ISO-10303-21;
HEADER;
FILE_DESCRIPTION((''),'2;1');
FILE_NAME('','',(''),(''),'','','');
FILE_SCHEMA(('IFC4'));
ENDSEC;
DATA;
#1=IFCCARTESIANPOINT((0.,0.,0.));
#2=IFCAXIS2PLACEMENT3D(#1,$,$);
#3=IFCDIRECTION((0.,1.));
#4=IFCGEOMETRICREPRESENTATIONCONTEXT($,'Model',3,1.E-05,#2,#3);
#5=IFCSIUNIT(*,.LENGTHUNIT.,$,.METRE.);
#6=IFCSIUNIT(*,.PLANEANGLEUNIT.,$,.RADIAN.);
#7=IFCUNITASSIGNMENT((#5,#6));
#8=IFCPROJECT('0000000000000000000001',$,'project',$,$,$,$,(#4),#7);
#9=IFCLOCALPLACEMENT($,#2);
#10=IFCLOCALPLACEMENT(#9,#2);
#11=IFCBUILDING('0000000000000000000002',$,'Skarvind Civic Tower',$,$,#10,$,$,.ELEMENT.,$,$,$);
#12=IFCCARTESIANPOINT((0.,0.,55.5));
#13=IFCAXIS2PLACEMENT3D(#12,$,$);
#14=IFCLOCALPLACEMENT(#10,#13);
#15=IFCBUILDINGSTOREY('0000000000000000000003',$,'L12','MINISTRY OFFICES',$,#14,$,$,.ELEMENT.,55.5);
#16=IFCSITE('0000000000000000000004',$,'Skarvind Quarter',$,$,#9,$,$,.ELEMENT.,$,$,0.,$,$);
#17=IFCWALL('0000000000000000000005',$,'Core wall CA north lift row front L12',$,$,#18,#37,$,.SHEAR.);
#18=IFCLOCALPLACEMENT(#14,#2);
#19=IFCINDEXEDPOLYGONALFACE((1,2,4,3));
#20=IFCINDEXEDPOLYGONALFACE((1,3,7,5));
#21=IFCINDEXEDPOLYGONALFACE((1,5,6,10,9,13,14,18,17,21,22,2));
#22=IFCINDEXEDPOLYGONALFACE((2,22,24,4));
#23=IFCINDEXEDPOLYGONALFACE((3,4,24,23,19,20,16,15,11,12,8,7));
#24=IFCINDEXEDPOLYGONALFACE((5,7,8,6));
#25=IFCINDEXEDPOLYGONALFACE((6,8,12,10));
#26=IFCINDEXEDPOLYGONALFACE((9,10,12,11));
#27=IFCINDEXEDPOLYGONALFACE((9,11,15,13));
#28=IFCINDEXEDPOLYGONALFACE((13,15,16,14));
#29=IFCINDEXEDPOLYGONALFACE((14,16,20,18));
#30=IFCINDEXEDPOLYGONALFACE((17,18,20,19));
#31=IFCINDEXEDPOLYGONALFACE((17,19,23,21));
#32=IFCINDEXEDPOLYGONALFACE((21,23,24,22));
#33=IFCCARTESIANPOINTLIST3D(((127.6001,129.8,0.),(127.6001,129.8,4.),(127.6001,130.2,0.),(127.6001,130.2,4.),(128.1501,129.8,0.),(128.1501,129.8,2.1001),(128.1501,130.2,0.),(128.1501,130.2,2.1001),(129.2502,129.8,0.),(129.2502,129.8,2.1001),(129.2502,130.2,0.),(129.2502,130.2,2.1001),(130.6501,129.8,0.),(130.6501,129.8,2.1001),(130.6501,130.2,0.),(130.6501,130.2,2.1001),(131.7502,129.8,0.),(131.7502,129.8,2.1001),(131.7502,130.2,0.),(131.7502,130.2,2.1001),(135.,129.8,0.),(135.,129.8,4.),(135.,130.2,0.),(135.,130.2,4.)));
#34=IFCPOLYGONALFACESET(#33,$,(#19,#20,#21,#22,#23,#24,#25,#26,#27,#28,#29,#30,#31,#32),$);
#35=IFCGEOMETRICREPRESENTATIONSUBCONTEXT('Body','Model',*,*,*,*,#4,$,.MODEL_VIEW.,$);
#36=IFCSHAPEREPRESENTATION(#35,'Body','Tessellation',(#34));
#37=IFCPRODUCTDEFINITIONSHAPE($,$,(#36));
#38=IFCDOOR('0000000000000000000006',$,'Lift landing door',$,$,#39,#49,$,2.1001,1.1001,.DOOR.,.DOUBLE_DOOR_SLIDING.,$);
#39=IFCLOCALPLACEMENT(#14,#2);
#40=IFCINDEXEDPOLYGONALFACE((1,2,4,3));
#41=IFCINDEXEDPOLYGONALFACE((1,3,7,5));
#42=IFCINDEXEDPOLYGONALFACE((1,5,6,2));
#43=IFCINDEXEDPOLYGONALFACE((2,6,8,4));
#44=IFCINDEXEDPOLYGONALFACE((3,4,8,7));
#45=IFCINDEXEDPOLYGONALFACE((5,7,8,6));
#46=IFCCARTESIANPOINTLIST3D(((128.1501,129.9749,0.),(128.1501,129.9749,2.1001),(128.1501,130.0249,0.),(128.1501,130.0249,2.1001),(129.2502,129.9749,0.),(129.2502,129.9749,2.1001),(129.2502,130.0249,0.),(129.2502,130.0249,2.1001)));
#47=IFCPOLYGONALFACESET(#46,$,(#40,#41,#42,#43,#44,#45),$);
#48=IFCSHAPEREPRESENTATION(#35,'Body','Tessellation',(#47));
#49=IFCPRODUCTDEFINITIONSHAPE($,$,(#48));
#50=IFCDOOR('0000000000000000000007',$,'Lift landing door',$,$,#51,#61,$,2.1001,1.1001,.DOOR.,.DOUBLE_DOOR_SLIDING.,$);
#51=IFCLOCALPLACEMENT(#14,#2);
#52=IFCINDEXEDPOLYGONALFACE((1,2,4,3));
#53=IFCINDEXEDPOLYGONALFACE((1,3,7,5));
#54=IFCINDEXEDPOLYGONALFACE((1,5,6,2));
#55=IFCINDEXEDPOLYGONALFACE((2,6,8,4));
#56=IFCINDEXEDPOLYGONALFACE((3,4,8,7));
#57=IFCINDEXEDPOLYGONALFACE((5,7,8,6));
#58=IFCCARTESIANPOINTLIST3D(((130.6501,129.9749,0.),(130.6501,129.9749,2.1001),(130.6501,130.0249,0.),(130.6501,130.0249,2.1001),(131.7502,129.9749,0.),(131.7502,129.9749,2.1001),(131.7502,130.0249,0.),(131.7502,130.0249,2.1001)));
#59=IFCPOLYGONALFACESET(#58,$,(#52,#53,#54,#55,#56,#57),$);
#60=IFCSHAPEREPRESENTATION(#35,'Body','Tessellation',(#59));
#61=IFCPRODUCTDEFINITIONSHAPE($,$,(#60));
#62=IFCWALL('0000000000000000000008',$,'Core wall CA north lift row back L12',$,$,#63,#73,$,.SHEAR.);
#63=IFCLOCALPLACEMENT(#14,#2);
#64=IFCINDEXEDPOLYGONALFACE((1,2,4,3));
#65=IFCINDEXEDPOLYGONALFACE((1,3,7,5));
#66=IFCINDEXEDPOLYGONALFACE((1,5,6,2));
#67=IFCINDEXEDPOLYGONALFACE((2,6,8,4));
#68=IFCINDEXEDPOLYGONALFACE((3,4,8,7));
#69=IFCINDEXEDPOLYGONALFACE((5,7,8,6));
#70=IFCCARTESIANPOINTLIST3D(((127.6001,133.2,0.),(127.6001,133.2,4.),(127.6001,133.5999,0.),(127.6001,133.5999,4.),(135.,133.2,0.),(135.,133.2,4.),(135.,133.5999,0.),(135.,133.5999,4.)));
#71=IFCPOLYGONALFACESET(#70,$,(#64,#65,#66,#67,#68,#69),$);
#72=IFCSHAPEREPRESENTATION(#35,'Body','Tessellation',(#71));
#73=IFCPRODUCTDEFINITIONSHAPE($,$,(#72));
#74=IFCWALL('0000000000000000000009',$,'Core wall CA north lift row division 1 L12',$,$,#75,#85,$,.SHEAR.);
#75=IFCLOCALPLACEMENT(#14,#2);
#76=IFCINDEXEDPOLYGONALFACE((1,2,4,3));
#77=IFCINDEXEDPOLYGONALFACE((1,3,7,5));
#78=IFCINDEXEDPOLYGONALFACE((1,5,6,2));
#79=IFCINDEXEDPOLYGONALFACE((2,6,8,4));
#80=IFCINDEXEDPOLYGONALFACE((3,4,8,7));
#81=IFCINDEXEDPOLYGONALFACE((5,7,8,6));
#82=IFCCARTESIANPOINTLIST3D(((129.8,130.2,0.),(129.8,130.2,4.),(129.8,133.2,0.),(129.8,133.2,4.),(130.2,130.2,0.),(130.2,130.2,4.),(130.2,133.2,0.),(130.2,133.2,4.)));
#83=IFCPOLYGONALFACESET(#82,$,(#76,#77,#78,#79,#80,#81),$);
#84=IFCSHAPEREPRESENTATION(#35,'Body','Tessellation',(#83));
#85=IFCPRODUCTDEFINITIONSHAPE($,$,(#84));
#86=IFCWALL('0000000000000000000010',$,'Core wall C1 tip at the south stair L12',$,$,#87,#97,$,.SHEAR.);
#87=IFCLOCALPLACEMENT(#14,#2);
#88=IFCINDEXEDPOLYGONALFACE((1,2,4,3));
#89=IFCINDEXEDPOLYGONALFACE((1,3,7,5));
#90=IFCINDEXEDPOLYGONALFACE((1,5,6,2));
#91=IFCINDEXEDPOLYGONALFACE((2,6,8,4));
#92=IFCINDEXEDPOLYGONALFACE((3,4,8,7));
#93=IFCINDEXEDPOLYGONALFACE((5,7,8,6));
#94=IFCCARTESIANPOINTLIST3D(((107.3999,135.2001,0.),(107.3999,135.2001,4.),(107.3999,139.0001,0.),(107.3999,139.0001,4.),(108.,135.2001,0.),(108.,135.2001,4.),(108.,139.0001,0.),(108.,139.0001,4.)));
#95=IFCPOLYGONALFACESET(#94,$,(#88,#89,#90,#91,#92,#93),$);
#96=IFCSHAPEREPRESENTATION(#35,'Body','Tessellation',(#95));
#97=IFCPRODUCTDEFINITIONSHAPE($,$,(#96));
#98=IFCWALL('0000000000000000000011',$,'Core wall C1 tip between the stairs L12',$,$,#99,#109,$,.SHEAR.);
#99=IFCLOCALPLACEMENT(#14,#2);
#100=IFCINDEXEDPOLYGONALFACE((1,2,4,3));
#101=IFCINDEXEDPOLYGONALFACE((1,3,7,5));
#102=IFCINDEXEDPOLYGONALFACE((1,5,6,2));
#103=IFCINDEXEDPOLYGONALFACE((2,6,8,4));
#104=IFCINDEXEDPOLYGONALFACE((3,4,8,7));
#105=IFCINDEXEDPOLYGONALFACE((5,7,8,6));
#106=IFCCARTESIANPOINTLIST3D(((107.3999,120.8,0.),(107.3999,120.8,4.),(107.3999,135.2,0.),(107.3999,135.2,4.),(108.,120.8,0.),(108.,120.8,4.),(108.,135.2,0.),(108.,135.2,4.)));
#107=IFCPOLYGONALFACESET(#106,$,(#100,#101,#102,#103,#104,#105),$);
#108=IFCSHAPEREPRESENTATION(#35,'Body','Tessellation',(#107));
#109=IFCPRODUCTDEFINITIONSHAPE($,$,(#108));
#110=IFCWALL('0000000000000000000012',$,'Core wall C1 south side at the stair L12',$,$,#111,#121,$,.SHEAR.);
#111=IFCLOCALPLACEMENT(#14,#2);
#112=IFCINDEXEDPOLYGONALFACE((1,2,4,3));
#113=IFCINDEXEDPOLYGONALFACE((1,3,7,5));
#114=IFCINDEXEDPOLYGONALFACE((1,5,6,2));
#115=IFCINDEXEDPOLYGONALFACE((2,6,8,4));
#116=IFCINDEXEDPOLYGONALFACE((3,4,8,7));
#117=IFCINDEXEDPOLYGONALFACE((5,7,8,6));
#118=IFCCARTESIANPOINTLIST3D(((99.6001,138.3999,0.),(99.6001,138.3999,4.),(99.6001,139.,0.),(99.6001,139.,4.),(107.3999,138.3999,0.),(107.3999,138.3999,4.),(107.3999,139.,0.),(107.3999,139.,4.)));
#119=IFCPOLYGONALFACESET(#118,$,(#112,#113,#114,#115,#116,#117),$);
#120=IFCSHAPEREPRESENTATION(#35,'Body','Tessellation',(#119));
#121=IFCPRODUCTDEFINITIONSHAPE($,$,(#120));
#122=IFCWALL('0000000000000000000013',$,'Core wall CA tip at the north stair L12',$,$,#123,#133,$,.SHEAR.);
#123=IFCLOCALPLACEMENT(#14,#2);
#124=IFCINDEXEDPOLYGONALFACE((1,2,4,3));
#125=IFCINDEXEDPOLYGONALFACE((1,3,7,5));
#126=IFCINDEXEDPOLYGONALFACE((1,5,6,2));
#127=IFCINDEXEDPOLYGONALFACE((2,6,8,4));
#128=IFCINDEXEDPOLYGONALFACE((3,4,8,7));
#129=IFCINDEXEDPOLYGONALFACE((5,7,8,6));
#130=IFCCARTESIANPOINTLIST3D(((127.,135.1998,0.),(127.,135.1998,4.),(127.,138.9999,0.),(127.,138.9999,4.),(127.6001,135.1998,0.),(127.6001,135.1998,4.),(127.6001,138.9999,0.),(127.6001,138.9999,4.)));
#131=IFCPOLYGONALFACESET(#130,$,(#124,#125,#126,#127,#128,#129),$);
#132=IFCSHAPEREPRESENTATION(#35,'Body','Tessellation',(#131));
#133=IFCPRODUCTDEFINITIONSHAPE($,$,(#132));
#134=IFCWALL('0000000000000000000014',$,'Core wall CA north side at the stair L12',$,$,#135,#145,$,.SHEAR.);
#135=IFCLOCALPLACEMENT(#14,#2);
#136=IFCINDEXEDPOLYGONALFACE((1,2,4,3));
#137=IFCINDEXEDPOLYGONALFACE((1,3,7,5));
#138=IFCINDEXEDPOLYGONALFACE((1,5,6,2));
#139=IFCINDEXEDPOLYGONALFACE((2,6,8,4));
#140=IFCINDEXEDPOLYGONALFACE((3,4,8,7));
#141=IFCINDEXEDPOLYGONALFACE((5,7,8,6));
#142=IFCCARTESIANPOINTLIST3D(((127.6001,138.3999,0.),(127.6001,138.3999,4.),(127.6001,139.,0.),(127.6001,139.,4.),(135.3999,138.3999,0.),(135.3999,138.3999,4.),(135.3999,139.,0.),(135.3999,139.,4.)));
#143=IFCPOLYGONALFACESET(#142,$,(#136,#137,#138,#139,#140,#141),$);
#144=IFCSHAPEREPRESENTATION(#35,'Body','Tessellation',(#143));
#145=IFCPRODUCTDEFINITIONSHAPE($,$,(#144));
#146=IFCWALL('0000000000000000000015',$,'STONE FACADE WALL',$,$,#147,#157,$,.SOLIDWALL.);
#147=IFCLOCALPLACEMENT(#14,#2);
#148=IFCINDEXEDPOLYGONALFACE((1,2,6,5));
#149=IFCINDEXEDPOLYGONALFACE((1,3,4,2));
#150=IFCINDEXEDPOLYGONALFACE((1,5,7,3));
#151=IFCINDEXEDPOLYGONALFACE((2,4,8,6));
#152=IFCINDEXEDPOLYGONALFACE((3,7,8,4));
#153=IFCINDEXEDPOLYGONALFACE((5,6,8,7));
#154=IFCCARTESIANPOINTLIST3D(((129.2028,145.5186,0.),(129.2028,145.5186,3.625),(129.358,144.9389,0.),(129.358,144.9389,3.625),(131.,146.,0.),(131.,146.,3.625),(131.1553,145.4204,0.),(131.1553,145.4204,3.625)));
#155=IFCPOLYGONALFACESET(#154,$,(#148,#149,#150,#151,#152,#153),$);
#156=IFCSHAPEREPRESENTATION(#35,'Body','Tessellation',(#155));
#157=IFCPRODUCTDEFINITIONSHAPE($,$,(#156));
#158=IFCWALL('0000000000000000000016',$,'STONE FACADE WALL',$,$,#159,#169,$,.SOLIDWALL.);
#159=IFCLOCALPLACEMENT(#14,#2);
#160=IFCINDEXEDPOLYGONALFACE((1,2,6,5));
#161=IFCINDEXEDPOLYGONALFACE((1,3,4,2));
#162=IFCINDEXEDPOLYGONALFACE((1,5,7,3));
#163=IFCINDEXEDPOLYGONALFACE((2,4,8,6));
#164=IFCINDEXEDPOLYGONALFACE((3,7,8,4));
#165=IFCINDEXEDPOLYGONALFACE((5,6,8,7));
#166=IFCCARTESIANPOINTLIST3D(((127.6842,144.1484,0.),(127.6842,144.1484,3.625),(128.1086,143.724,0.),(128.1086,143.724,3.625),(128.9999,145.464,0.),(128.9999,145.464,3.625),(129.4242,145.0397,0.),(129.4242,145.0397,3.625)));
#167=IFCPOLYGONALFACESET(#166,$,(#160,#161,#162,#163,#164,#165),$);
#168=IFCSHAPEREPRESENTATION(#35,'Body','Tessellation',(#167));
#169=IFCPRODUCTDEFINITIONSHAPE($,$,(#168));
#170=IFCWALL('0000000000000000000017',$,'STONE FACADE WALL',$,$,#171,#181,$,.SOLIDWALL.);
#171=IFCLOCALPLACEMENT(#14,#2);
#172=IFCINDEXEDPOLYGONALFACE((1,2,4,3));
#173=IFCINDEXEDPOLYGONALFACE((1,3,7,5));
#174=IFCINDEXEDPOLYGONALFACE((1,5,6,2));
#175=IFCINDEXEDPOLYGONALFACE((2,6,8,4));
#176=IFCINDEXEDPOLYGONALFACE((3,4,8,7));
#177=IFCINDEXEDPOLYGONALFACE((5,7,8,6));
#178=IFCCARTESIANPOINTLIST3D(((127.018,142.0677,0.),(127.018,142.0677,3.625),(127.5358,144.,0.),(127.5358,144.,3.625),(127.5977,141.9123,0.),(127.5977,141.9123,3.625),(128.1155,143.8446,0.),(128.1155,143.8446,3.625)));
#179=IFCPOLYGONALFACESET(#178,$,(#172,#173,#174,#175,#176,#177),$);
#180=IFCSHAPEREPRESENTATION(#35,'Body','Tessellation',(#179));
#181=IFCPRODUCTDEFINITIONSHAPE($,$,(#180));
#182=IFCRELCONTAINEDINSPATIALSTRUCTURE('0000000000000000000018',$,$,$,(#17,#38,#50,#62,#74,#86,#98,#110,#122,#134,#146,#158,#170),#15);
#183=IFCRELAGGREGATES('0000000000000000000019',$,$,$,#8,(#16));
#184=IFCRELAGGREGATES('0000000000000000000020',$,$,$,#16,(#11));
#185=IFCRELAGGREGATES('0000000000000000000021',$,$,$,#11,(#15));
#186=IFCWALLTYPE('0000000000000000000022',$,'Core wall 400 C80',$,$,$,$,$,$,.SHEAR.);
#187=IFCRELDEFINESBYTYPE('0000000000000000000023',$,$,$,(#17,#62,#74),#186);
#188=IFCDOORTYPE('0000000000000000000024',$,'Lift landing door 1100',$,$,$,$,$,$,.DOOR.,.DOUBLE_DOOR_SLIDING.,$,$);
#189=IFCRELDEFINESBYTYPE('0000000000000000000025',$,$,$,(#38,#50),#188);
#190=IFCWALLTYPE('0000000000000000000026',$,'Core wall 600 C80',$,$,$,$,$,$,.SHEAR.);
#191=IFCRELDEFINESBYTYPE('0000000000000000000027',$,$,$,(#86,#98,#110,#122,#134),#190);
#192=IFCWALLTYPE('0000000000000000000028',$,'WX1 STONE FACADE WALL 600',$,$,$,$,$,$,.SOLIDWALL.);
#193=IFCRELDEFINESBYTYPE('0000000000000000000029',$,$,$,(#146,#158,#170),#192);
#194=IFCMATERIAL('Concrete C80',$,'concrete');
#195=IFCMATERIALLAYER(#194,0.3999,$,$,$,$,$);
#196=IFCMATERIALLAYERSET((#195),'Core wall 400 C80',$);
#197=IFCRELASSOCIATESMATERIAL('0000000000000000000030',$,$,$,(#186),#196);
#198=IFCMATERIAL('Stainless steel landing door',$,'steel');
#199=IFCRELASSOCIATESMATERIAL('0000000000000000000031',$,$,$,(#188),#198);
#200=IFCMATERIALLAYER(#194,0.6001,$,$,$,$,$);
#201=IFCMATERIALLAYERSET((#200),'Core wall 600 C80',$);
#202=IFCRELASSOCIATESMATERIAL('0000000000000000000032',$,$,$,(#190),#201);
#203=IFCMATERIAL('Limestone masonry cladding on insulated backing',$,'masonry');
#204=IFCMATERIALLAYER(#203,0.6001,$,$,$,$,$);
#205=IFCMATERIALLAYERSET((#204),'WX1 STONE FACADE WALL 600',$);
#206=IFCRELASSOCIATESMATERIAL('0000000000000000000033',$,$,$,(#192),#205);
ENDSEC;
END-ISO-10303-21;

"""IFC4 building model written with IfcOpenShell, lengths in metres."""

from ifc_helpers import new_model, si_unit, direction, frame, frame_2d, origin, place, context, subcontext, project, spatial, rectangle, extrude, material, layer, layer_set, type_object, element, fill, save


model = new_model("IFC4")

# Units and contexts
model_context = context("Model", 3, precision=1e-05, world=origin(), true_north=direction((0.0, 1.0)))
body_context = subcontext(model_context, "Body", "Model", "MODEL_VIEW")
ifc_project = project(units=[si_unit("LENGTHUNIT", "METRE"), si_unit("PLANEANGLEUNIT", "RADIAN")], contexts=[model_context])

# Site, building, storey
site_placement = place(None, origin())
site = spatial("IfcSite", under=ifc_project, at=site_placement, Name="Skarvind Quarter", CompositionType="ELEMENT", RefElevation=0.0)
building_placement = place(site_placement, origin())
building = spatial("IfcBuilding", under=site, at=building_placement, Name="Skarvind Civic Tower", CompositionType="ELEMENT")
storey_placement = place(building_placement, frame((0.0, 0.0, 55.5)))
storey = spatial("IfcBuildingStorey", under=building, at=storey_placement, Name="L12", Description="MINISTRY OFFICES", CompositionType="ELEMENT", Elevation=55.5)

# Shared definitions
ifc_material_1 = material(Name="Concrete C80", Category="concrete")
ifc_layer_1 = layer(ifc_material_1, 0.3999)
ifc_layer_set_1 = layer_set([ifc_layer_1], Name="Core wall 400 C80")
wall_type_1 = type_object("IfcWallType", Name="Core wall 400 C80", PredefinedType="SHEAR", material=ifc_layer_set_1)

# Shared definitions
ifc_material_2 = material(Name="Stainless steel landing door", Category="steel")
door_type = type_object("IfcDoorType", Name="Lift landing door 1100", OperationType="DOUBLE_DOOR_SLIDING", PredefinedType="DOOR", material=ifc_material_2)

# Wall, openings, doors
wall_1_placement = place(storey_placement, frame((127.6001, 130.0, 0.0), z_axis=(0.0, 0.0, 1.0), x_axis=(1.0, 0.0, 0.0)))
wall_1 = element("IfcWall", 1, at=wall_1_placement, inside=storey, type_object=wall_type_1, Name="Core wall CA north lift row front L12", PredefinedType="SHEAR", context=body_context, shape_type="SweptSolid", body=[
    extrude(rectangle(XDim=7.3999, YDim=0.3999, at=frame_2d((3.7, 0.0))), origin(), (0.0, 0.0, 1.0), 4.0),
])
opening_1_placement = place(wall_1_placement, frame((0.55, 0.0, 0.0)))
opening_1 = element("IfcOpeningElement", 2, at=opening_1_placement, cuts=wall_1, PredefinedType="OPENING", context=body_context, shape_type="SweptSolid", body=[
    extrude(rectangle(XDim=1.1001, YDim=2.1001, at=frame_2d((0.55, 1.05))), frame((0.0, 0.21, 0.0), z_axis=(0.0, -1.0, 0.0), x_axis=(1.0, 0.0, 0.0)), (0.0, 0.0, 1.0), 0.4199),
])
opening_2_placement = place(wall_1_placement, frame((3.05, 0.0, 0.0)))
opening_2 = element("IfcOpeningElement", 3, at=opening_2_placement, cuts=wall_1, PredefinedType="OPENING", context=body_context, shape_type="SweptSolid", body=[
    extrude(rectangle(XDim=1.1001, YDim=2.1001, at=frame_2d((0.55, 1.05))), frame((0.0, 0.21, 0.0), z_axis=(0.0, -1.0, 0.0), x_axis=(1.0, 0.0, 0.0)), (0.0, 0.0, 1.0), 0.4199),
])
door_1_placement = place(opening_1_placement, origin())
door_1 = element("IfcDoor", 4, at=door_1_placement, inside=storey, type_object=door_type, Name="Lift landing door", OperationType="DOUBLE_DOOR_SLIDING", OverallHeight=2.1001, OverallWidth=1.1001, PredefinedType="DOOR", context=body_context, shape_type="SweptSolid", body=[
    extrude(rectangle(XDim=1.1001, YDim=2.1001, at=frame_2d((0.55, 1.05))), frame((0.0, 0.0249, 0.0), z_axis=(0.0, -1.0, 0.0), x_axis=(1.0, 0.0, 0.0)), (0.0, 0.0, 1.0), 0.05),
])
fill(opening_1, door_1)
door_2_placement = place(opening_2_placement, origin())
door_2 = element("IfcDoor", 5, at=door_2_placement, inside=storey, type_object=door_type, Name="Lift landing door", OperationType="DOUBLE_DOOR_SLIDING", OverallHeight=2.1001, OverallWidth=1.1001, PredefinedType="DOOR", context=body_context, shape_type="SweptSolid", body=[
    extrude(rectangle(XDim=1.1001, YDim=2.1001, at=frame_2d((0.55, 1.05))), frame((0.0, 0.0249, 0.0), z_axis=(0.0, -1.0, 0.0), x_axis=(1.0, 0.0, 0.0)), (0.0, 0.0, 1.0), 0.05),
])
fill(opening_2, door_2)

# Walls
wall_2_placement = place(storey_placement, frame((127.6001, 133.3999, 0.0), z_axis=(0.0, 0.0, 1.0), x_axis=(1.0, 0.0, 0.0)))
element("IfcWall", 6, at=wall_2_placement, inside=storey, type_object=wall_type_1, Name="Core wall CA north lift row back L12", PredefinedType="SHEAR", context=body_context, shape_type="SweptSolid", body=[
    extrude(rectangle(XDim=7.3999, YDim=0.3999, at=frame_2d((3.7, 0.0))), origin(), (0.0, 0.0, 1.0), 4.0),
])
wall_3_placement = place(storey_placement, frame((130.0, 130.2, 0.0), z_axis=(0.0, 0.0, 1.0), x_axis=(0.0, 1.0, 0.0)))
element("IfcWall", 7, at=wall_3_placement, inside=storey, type_object=wall_type_1, Name="Core wall CA north lift row division 1 L12", PredefinedType="SHEAR", context=body_context, shape_type="SweptSolid", body=[
    extrude(rectangle(XDim=3.0, YDim=0.3999, at=frame_2d((1.5, 0.0))), origin(), (0.0, 0.0, 1.0), 4.0),
])
ifc_layer_2 = layer(ifc_material_1, 0.6001)
ifc_layer_set_2 = layer_set([ifc_layer_2], Name="Core wall 600 C80")
wall_type_2 = type_object("IfcWallType", Name="Core wall 600 C80", PredefinedType="SHEAR", material=ifc_layer_set_2)
wall_4_placement = place(storey_placement, frame((107.7, 139.0, 0.0), z_axis=(0.0, 0.0, 1.0), x_axis=(0.0, -1.0, 0.0)))
element("IfcWall", 8, at=wall_4_placement, inside=storey, type_object=wall_type_2, Name="Core wall C1 tip at the south stair L12", PredefinedType="SHEAR", context=body_context, shape_type="SweptSolid", body=[
    extrude(rectangle(XDim=3.8, YDim=0.6001, at=frame_2d((1.8999, 0.0))), origin(), (0.0, 0.0, 1.0), 4.0),
])
wall_5_placement = place(storey_placement, frame((107.7, 135.2, 0.0), z_axis=(0.0, 0.0, 1.0), x_axis=(0.0, -1.0, 0.0)))
element("IfcWall", 9, at=wall_5_placement, inside=storey, type_object=wall_type_2, Name="Core wall C1 tip between the stairs L12", PredefinedType="SHEAR", context=body_context, shape_type="SweptSolid", body=[
    extrude(rectangle(XDim=14.3999, YDim=0.6001, at=frame_2d((7.2, 0.0))), origin(), (0.0, 0.0, 1.0), 4.0),
])
wall_6_placement = place(storey_placement, frame((107.3999, 138.7, 0.0), z_axis=(0.0, 0.0, 1.0), x_axis=(-1.0, 0.0, 0.0)))
element("IfcWall", 10, at=wall_6_placement, inside=storey, type_object=wall_type_2, Name="Core wall C1 south side at the stair L12", PredefinedType="SHEAR", context=body_context, shape_type="SweptSolid", body=[
    extrude(rectangle(XDim=7.7998, YDim=0.6001, at=frame_2d((3.8999, 0.0))), origin(), (0.0, 0.0, 1.0), 4.0),
])
wall_7_placement = place(storey_placement, frame((127.3, 135.2, 0.0), z_axis=(0.0, 0.0, 1.0), x_axis=(0.0, 1.0, 0.0)))
element("IfcWall", 11, at=wall_7_placement, inside=storey, type_object=wall_type_2, Name="Core wall CA tip at the north stair L12", PredefinedType="SHEAR", context=body_context, shape_type="SweptSolid", body=[
    extrude(rectangle(XDim=3.8, YDim=0.6001, at=frame_2d((1.8999, 0.0))), origin(), (0.0, 0.0, 1.0), 4.0),
])
wall_8_placement = place(storey_placement, frame((127.6001, 138.7, 0.0), z_axis=(0.0, 0.0, 1.0), x_axis=(1.0, 0.0, 0.0)))
element("IfcWall", 12, at=wall_8_placement, inside=storey, type_object=wall_type_2, Name="Core wall CA north side at the stair L12", PredefinedType="SHEAR", context=body_context, shape_type="SweptSolid", body=[
    extrude(rectangle(XDim=7.7998, YDim=0.6001, at=frame_2d((3.8999, 0.0))), origin(), (0.0, 0.0, 1.0), 4.0),
])
ifc_material_3 = material(Name="Limestone masonry cladding on insulated backing", Category="masonry")
ifc_layer_3 = layer(ifc_material_3, 0.6001)
ifc_layer_set_3 = layer_set([ifc_layer_3], Name="WX1 STONE FACADE WALL 600")
wall_type_3 = type_object("IfcWallType", Name="WX1 STONE FACADE WALL 600", PredefinedType="SOLIDWALL", material=ifc_layer_set_3)
for number, where, z_axis, x_axis, name in (
    (13, (129.2805, 145.2288, 0.0), (0.0, 0.0, 1.0), (0.965938, 0.258773, 0.0), "STONE FACADE WALL"),
    (14, (127.8965, 143.9363, 0.0), (0.0, 0.0, 1.0), (0.707107, 0.707107, 0.0), "STONE FACADE WALL"),
):
    element("IfcWall", number, at=place(storey_placement, frame(where, z_axis=z_axis, x_axis=x_axis)), inside=storey, type_object=wall_type_3, Name=name, PredefinedType="SOLIDWALL", context=body_context, shape_type="SweptSolid", body=[
        extrude(rectangle(XDim=1.8606, YDim=0.6001, at=frame_2d((0.9302, 0.0))), origin(), (0.0, 0.0, 1.0), 3.625),
    ])
wall_9_placement = place(storey_placement, frame((127.3079, 141.99, 0.0), z_axis=(0.0, 0.0, 1.0), x_axis=(0.25884, 0.96592, 0.0)))
element("IfcWall", 15, at=wall_9_placement, inside=storey, type_object=wall_type_3, Name="STONE FACADE WALL", PredefinedType="SOLIDWALL", context=body_context, shape_type="SweptSolid", body=[
    extrude(rectangle(XDim=2.0005, YDim=0.6001, at=frame_2d((1.0002, 0.0))), origin(), (0.0, 0.0, 1.0), 3.625),
])

save(model, "model.ifc")
